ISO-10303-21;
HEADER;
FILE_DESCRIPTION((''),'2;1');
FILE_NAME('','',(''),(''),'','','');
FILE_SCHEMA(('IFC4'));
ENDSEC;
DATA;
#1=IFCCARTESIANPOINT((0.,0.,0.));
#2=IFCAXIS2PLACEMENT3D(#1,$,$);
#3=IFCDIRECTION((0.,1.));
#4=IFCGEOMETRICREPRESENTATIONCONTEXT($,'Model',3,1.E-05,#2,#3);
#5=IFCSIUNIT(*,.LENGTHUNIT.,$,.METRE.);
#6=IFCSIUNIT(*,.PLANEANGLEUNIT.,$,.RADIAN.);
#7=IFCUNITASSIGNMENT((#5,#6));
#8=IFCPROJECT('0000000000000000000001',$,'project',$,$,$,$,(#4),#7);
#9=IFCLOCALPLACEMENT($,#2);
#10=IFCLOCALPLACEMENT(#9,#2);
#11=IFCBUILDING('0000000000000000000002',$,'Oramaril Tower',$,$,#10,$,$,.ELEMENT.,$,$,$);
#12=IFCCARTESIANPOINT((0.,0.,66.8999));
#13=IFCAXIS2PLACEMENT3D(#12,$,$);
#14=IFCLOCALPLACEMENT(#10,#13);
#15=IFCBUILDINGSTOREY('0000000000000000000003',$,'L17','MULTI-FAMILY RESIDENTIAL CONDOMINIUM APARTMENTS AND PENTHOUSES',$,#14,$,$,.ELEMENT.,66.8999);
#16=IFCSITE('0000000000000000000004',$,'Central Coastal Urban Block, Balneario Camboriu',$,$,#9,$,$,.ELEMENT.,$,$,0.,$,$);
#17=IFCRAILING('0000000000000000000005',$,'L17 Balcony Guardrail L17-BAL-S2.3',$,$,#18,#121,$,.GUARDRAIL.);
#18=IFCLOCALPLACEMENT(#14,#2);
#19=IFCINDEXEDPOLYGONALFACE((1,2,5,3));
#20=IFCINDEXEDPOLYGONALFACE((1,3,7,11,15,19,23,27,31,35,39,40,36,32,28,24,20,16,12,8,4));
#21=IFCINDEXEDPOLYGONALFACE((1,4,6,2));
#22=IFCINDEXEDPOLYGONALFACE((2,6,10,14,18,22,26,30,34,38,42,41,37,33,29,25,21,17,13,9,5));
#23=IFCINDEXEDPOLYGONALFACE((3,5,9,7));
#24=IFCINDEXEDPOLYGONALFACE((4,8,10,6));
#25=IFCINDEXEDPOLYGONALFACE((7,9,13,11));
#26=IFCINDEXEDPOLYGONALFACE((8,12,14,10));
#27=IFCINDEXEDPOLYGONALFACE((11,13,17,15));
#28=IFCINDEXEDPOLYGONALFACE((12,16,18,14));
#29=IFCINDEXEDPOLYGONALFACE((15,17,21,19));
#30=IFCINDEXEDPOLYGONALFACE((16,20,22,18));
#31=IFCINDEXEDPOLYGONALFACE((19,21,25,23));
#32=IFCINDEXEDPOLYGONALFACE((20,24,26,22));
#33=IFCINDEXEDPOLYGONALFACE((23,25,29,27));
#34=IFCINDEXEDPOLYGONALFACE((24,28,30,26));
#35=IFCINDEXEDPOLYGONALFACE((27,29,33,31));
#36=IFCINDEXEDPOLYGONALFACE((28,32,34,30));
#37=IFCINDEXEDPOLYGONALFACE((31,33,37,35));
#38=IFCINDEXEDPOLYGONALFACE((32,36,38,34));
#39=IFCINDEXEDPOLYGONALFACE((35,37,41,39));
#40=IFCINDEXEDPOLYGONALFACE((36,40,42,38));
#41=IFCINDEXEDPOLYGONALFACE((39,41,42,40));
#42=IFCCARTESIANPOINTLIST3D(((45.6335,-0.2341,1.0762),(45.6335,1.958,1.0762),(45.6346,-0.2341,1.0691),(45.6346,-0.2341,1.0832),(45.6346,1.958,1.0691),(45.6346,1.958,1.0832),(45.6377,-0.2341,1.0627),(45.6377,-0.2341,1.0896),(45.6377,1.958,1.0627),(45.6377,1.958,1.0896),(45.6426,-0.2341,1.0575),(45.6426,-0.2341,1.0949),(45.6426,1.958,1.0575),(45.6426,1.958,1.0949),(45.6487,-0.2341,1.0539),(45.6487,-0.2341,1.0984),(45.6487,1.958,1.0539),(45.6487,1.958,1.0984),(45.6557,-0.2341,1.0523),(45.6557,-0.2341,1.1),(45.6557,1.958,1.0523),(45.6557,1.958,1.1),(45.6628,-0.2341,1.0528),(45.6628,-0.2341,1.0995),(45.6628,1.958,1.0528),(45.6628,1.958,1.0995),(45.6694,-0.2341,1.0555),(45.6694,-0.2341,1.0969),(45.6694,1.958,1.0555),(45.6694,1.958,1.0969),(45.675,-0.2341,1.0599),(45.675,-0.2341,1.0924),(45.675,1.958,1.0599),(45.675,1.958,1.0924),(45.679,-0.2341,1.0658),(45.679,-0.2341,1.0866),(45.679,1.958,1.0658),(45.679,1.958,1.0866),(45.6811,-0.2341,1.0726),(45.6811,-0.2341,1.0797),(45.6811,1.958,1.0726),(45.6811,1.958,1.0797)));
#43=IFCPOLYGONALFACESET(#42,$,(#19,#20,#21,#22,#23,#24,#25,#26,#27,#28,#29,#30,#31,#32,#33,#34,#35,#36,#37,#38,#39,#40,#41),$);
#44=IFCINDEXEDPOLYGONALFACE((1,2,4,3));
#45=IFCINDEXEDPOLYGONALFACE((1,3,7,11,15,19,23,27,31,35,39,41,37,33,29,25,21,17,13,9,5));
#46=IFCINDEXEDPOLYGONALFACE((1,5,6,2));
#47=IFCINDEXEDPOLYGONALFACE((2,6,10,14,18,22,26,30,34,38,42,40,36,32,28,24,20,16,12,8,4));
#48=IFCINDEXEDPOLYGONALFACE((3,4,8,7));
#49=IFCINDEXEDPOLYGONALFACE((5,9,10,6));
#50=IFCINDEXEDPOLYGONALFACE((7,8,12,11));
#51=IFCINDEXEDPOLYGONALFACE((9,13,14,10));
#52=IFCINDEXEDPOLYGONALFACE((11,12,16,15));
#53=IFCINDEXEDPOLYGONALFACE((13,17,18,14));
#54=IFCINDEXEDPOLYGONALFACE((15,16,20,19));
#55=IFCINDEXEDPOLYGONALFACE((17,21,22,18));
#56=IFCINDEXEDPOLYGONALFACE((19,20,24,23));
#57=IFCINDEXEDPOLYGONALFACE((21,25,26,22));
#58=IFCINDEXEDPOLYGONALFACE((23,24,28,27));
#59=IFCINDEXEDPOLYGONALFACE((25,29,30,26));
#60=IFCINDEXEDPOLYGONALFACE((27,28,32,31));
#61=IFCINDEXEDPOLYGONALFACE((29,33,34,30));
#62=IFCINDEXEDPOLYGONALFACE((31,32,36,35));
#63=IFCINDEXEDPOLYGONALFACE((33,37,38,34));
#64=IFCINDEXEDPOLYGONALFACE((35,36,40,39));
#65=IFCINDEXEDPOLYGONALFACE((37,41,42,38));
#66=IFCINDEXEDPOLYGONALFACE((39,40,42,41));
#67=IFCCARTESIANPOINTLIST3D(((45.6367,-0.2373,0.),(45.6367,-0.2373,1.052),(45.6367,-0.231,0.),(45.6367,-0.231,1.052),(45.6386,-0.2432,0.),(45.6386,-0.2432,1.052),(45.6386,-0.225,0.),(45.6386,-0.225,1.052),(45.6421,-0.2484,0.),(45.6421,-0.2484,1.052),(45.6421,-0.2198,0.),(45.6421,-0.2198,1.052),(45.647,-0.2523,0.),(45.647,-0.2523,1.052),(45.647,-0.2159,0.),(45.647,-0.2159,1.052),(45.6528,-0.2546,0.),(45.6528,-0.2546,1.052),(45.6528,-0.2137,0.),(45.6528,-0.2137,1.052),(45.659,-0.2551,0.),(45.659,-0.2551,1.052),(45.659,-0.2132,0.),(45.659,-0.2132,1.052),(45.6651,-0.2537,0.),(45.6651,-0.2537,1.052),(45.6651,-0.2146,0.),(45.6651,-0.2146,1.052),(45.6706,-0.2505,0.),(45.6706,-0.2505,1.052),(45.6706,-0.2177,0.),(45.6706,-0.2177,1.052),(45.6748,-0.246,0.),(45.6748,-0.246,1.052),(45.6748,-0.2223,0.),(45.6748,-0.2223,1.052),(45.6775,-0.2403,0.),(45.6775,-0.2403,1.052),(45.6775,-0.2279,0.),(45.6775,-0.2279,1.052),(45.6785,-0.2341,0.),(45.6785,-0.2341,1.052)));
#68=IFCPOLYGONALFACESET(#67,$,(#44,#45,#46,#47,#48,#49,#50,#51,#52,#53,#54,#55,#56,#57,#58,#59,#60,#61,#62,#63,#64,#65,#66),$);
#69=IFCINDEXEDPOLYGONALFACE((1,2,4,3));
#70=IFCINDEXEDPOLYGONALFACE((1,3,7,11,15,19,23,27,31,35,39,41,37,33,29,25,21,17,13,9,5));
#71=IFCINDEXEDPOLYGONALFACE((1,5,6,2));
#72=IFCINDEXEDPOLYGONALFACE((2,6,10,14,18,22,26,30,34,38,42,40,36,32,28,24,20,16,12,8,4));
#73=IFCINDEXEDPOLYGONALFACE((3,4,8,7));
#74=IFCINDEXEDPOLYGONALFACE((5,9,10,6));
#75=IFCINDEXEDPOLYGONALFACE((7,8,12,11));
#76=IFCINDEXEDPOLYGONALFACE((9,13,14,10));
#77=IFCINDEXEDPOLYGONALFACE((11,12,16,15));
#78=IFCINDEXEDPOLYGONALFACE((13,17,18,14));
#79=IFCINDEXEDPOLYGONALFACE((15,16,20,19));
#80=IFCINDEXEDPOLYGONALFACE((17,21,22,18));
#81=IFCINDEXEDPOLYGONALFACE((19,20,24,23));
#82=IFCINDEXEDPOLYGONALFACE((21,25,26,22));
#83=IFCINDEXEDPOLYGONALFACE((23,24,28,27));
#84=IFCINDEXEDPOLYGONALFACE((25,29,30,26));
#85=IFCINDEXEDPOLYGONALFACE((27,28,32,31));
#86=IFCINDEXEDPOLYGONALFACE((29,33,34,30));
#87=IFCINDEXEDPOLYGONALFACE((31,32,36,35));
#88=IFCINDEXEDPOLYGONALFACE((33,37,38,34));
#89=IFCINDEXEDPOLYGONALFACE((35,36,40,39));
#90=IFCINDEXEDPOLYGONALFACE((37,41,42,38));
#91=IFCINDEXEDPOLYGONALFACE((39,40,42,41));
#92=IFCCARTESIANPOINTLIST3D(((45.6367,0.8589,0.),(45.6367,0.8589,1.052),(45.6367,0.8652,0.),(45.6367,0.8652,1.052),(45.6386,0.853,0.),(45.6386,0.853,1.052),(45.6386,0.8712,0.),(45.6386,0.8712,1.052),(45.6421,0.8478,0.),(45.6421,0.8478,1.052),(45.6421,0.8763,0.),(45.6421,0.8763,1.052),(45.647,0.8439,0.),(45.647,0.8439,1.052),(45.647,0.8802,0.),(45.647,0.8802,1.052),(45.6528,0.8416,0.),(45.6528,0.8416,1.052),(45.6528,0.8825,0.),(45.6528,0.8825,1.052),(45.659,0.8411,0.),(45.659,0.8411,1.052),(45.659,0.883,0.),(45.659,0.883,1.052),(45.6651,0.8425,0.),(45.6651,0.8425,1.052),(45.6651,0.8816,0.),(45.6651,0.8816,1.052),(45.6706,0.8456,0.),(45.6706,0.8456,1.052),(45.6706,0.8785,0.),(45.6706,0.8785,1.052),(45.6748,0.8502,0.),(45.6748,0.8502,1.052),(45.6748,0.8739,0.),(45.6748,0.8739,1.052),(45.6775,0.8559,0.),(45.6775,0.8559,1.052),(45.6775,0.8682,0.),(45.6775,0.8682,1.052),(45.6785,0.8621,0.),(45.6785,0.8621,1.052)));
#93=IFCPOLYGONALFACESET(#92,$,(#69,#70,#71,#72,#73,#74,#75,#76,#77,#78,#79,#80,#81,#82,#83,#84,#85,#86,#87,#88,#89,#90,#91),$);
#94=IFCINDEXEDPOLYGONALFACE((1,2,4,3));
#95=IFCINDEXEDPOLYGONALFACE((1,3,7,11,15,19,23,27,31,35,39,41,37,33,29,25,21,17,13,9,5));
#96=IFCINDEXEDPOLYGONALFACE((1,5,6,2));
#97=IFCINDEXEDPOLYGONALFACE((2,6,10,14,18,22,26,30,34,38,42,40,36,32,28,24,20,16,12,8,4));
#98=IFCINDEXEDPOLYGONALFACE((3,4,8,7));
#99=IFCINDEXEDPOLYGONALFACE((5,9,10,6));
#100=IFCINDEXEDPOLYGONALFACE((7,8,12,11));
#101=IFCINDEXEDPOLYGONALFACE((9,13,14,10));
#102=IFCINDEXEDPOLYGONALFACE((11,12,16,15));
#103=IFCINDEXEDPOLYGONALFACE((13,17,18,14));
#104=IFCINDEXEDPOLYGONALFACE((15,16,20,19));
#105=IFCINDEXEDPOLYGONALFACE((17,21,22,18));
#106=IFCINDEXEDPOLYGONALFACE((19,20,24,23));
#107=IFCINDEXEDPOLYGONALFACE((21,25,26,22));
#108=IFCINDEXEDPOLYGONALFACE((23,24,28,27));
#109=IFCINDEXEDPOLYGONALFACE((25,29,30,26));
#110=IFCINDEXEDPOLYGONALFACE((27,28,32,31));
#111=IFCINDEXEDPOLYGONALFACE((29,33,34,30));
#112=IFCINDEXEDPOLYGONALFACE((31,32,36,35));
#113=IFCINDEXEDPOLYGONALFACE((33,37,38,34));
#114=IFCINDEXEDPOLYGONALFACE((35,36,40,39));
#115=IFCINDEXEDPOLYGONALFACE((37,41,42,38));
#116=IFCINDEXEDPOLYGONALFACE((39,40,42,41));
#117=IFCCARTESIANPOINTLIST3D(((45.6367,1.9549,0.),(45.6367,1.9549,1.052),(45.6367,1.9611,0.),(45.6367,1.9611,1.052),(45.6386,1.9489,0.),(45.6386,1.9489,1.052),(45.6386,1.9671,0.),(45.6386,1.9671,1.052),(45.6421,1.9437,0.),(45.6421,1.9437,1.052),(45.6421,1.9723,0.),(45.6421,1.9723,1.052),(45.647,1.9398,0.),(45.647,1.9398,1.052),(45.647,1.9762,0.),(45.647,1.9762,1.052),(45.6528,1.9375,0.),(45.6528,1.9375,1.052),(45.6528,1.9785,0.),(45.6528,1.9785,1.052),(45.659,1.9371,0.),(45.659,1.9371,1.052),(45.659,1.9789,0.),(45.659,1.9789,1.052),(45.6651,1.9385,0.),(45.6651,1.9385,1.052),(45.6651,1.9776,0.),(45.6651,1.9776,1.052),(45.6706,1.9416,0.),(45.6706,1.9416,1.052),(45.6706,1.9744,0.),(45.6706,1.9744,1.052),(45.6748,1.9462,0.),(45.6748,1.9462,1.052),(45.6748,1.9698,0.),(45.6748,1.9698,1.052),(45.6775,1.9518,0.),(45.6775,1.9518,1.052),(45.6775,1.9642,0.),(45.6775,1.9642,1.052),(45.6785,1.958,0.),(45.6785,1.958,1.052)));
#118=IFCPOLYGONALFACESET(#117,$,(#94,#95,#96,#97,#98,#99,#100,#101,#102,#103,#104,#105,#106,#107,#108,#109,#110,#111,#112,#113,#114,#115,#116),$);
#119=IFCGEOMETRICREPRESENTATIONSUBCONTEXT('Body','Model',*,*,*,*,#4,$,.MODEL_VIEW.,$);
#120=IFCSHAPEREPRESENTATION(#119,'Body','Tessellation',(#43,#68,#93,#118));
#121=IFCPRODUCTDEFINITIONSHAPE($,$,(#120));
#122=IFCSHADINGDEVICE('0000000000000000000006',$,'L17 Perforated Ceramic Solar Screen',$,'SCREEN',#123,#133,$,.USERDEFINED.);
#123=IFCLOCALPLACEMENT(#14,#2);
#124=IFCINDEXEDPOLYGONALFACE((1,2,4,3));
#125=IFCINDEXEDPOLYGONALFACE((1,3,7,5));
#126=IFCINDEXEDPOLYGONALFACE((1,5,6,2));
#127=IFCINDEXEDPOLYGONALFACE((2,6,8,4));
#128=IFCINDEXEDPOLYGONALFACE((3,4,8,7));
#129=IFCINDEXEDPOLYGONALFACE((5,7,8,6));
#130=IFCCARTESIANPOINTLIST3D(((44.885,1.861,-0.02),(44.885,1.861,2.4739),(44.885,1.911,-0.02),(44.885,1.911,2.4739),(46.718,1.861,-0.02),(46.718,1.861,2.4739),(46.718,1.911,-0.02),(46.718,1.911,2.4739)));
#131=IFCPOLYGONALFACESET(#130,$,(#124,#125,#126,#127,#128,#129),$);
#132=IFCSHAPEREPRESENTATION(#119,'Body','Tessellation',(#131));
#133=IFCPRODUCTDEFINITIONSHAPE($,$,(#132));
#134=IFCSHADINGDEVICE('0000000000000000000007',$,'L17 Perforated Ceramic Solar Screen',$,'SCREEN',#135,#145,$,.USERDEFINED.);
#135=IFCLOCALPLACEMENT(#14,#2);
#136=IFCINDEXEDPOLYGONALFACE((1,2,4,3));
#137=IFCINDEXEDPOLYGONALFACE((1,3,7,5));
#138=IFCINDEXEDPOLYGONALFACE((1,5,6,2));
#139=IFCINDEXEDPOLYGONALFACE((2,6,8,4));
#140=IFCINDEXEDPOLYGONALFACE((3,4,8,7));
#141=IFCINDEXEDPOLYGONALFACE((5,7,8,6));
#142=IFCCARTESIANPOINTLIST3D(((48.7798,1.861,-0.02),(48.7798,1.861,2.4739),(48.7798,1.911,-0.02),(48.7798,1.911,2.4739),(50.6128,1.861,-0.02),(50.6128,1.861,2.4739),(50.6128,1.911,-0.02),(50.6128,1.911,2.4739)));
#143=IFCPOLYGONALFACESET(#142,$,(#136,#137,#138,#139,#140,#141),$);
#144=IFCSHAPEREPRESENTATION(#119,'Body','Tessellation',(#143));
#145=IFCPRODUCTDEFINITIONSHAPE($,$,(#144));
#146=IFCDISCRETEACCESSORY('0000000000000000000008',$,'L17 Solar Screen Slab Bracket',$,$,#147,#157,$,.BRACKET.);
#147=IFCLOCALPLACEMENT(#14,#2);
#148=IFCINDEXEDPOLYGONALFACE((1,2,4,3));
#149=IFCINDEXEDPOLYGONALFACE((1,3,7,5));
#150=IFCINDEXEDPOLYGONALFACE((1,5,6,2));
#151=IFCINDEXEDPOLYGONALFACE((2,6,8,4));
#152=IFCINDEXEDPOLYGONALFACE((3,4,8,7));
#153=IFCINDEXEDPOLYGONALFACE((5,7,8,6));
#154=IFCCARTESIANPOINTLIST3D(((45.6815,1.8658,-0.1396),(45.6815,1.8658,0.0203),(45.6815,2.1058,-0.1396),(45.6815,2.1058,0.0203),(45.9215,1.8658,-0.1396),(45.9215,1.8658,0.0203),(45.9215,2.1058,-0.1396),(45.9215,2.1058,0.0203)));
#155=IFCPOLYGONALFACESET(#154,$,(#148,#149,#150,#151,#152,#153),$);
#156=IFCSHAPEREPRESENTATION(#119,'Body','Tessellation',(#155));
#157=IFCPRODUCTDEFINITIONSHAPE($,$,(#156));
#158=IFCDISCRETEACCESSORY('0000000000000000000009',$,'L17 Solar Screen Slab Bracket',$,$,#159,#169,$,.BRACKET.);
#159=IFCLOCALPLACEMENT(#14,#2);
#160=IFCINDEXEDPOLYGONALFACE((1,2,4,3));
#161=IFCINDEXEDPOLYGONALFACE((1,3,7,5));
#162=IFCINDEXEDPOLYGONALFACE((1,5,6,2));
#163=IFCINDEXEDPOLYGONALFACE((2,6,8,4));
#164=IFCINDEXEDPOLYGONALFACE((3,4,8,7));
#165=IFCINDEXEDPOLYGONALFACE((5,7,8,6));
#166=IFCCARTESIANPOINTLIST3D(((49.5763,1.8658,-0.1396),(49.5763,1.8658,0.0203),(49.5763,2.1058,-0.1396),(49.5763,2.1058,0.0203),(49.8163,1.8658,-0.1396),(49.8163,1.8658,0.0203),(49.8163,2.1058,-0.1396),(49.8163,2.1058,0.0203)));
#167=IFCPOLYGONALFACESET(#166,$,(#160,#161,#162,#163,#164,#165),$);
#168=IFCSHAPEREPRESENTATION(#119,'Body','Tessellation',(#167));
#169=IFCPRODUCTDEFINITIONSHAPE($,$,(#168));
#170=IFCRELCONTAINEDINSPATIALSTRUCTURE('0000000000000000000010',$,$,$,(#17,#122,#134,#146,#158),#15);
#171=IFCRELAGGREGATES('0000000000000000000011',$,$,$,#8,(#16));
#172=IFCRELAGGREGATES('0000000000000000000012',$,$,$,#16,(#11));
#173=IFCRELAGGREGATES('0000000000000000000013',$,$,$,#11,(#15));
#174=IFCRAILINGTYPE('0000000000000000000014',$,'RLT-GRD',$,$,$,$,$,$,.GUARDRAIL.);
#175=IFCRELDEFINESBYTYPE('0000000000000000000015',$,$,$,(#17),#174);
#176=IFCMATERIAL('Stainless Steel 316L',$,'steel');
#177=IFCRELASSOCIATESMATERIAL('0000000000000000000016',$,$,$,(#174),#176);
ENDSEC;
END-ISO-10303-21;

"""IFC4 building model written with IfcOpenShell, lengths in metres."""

from ifc_helpers import new_model, si_unit, direction, frame, origin, origin_2d, place, context, subcontext, project, spatial, rectangle, circle, extrude, material, type_object, element, save


model = new_model("IFC4")

# Units and contexts
model_context = context("Model", 3, precision=1e-05, world=origin(), true_north=direction((0.0, 1.0)))
body_context = subcontext(model_context, "Body", "Model", "MODEL_VIEW")
ifc_project = project(units=[si_unit("LENGTHUNIT", "METRE"), si_unit("PLANEANGLEUNIT", "RADIAN")], contexts=[model_context])

# Site, building, storey
site_placement = place(None, origin())
site = spatial("IfcSite", under=ifc_project, at=site_placement, Name="Central Coastal Urban Block, Balneario Camboriu", CompositionType="ELEMENT", RefElevation=0.0)
building_placement = place(site_placement, origin())
building = spatial("IfcBuilding", under=site, at=building_placement, Name="Oramaril Tower", CompositionType="ELEMENT")
storey_placement = place(building_placement, frame((0.0, 0.0, 66.8999)))
storey = spatial("IfcBuildingStorey", under=building, at=storey_placement, Name="L17", Description="MULTI-FAMILY RESIDENTIAL CONDOMINIUM APARTMENTS AND PENTHOUSES", CompositionType="ELEMENT", Elevation=66.8999)

# Railing
ifc_material_1 = material(Name="Stainless Steel 316L", Category="steel")
railing_type = type_object("IfcRailingType", Name="RLT-GRD", PredefinedType="GUARDRAIL", material=ifc_material_1)
railing_1_placement = place(storey_placement, frame((45.6575, -0.2341, 0.0)))
element("IfcRailing", 1, at=railing_1_placement, inside=storey, type_object=railing_type, Name="L17 Balcony Guardrail L17-BAL-S2.3", PredefinedType="GUARDRAIL", context=body_context, shape_type="SweptSolid", body=[
    extrude(circle(Radius=0.0239, at=origin_2d()), frame((0.0, 0.0, 1.0762), z_axis=(0.0, 1.0, 0.0), x_axis=(-1.0, 0.0, 0.0)), (0.0, 0.0, 1.0), 2.1921),
    extrude(circle(Radius=0.021, at=origin_2d()), origin(), (0.0, 0.0, 1.0), 1.052),
    extrude(circle(Radius=0.021, at=origin_2d()), frame((0.0, 1.0962, 0.0)), (0.0, 0.0, 1.0), 1.052),
    extrude(circle(Radius=0.021, at=origin_2d()), frame((0.0, 2.1921, 0.0)), (0.0, 0.0, 1.0), 1.052),
])

# Shading devices
for number, where, z_axis, x_axis, name in (
    (2, (45.8015, 1.886, -0.02), (0.0, 0.0, 1.0), (1.0, 0.0, 0.0), "L17 Perforated Ceramic Solar Screen"),
    (3, (49.6963, 1.886, -0.02), (0.0, 0.0, 1.0), (1.0, 0.0, 0.0), "L17 Perforated Ceramic Solar Screen"),
):
    element("IfcShadingDevice", number, at=place(storey_placement, frame(where, z_axis=z_axis, x_axis=x_axis)), inside=storey, Name=name, ObjectType="SCREEN", PredefinedType="USERDEFINED", context=body_context, shape_type="SweptSolid", body=[
        extrude(rectangle(XDim=1.833, YDim=0.05, at=origin_2d()), origin(), (0.0, 0.0, 1.0), 2.4939),
    ])

# Discrete accessories
for number, where, z_axis, x_axis, name in (
    (4, (45.8015, 1.9858, -0.1396), (0.0, 0.0, 1.0), (1.0, 0.0, 0.0), "L17 Solar Screen Slab Bracket"),
    (5, (49.6963, 1.9858, -0.1396), (0.0, 0.0, 1.0), (1.0, 0.0, 0.0), "L17 Solar Screen Slab Bracket"),
):
    element("IfcDiscreteAccessory", number, at=place(storey_placement, frame(where, z_axis=z_axis, x_axis=x_axis)), inside=storey, Name=name, PredefinedType="BRACKET", context=body_context, shape_type="SweptSolid", body=[
        extrude(rectangle(XDim=0.24, YDim=0.24, at=origin_2d()), origin(), (0.0, 0.0, 1.0), 0.1599),
    ])

save(model, "model.ifc")
